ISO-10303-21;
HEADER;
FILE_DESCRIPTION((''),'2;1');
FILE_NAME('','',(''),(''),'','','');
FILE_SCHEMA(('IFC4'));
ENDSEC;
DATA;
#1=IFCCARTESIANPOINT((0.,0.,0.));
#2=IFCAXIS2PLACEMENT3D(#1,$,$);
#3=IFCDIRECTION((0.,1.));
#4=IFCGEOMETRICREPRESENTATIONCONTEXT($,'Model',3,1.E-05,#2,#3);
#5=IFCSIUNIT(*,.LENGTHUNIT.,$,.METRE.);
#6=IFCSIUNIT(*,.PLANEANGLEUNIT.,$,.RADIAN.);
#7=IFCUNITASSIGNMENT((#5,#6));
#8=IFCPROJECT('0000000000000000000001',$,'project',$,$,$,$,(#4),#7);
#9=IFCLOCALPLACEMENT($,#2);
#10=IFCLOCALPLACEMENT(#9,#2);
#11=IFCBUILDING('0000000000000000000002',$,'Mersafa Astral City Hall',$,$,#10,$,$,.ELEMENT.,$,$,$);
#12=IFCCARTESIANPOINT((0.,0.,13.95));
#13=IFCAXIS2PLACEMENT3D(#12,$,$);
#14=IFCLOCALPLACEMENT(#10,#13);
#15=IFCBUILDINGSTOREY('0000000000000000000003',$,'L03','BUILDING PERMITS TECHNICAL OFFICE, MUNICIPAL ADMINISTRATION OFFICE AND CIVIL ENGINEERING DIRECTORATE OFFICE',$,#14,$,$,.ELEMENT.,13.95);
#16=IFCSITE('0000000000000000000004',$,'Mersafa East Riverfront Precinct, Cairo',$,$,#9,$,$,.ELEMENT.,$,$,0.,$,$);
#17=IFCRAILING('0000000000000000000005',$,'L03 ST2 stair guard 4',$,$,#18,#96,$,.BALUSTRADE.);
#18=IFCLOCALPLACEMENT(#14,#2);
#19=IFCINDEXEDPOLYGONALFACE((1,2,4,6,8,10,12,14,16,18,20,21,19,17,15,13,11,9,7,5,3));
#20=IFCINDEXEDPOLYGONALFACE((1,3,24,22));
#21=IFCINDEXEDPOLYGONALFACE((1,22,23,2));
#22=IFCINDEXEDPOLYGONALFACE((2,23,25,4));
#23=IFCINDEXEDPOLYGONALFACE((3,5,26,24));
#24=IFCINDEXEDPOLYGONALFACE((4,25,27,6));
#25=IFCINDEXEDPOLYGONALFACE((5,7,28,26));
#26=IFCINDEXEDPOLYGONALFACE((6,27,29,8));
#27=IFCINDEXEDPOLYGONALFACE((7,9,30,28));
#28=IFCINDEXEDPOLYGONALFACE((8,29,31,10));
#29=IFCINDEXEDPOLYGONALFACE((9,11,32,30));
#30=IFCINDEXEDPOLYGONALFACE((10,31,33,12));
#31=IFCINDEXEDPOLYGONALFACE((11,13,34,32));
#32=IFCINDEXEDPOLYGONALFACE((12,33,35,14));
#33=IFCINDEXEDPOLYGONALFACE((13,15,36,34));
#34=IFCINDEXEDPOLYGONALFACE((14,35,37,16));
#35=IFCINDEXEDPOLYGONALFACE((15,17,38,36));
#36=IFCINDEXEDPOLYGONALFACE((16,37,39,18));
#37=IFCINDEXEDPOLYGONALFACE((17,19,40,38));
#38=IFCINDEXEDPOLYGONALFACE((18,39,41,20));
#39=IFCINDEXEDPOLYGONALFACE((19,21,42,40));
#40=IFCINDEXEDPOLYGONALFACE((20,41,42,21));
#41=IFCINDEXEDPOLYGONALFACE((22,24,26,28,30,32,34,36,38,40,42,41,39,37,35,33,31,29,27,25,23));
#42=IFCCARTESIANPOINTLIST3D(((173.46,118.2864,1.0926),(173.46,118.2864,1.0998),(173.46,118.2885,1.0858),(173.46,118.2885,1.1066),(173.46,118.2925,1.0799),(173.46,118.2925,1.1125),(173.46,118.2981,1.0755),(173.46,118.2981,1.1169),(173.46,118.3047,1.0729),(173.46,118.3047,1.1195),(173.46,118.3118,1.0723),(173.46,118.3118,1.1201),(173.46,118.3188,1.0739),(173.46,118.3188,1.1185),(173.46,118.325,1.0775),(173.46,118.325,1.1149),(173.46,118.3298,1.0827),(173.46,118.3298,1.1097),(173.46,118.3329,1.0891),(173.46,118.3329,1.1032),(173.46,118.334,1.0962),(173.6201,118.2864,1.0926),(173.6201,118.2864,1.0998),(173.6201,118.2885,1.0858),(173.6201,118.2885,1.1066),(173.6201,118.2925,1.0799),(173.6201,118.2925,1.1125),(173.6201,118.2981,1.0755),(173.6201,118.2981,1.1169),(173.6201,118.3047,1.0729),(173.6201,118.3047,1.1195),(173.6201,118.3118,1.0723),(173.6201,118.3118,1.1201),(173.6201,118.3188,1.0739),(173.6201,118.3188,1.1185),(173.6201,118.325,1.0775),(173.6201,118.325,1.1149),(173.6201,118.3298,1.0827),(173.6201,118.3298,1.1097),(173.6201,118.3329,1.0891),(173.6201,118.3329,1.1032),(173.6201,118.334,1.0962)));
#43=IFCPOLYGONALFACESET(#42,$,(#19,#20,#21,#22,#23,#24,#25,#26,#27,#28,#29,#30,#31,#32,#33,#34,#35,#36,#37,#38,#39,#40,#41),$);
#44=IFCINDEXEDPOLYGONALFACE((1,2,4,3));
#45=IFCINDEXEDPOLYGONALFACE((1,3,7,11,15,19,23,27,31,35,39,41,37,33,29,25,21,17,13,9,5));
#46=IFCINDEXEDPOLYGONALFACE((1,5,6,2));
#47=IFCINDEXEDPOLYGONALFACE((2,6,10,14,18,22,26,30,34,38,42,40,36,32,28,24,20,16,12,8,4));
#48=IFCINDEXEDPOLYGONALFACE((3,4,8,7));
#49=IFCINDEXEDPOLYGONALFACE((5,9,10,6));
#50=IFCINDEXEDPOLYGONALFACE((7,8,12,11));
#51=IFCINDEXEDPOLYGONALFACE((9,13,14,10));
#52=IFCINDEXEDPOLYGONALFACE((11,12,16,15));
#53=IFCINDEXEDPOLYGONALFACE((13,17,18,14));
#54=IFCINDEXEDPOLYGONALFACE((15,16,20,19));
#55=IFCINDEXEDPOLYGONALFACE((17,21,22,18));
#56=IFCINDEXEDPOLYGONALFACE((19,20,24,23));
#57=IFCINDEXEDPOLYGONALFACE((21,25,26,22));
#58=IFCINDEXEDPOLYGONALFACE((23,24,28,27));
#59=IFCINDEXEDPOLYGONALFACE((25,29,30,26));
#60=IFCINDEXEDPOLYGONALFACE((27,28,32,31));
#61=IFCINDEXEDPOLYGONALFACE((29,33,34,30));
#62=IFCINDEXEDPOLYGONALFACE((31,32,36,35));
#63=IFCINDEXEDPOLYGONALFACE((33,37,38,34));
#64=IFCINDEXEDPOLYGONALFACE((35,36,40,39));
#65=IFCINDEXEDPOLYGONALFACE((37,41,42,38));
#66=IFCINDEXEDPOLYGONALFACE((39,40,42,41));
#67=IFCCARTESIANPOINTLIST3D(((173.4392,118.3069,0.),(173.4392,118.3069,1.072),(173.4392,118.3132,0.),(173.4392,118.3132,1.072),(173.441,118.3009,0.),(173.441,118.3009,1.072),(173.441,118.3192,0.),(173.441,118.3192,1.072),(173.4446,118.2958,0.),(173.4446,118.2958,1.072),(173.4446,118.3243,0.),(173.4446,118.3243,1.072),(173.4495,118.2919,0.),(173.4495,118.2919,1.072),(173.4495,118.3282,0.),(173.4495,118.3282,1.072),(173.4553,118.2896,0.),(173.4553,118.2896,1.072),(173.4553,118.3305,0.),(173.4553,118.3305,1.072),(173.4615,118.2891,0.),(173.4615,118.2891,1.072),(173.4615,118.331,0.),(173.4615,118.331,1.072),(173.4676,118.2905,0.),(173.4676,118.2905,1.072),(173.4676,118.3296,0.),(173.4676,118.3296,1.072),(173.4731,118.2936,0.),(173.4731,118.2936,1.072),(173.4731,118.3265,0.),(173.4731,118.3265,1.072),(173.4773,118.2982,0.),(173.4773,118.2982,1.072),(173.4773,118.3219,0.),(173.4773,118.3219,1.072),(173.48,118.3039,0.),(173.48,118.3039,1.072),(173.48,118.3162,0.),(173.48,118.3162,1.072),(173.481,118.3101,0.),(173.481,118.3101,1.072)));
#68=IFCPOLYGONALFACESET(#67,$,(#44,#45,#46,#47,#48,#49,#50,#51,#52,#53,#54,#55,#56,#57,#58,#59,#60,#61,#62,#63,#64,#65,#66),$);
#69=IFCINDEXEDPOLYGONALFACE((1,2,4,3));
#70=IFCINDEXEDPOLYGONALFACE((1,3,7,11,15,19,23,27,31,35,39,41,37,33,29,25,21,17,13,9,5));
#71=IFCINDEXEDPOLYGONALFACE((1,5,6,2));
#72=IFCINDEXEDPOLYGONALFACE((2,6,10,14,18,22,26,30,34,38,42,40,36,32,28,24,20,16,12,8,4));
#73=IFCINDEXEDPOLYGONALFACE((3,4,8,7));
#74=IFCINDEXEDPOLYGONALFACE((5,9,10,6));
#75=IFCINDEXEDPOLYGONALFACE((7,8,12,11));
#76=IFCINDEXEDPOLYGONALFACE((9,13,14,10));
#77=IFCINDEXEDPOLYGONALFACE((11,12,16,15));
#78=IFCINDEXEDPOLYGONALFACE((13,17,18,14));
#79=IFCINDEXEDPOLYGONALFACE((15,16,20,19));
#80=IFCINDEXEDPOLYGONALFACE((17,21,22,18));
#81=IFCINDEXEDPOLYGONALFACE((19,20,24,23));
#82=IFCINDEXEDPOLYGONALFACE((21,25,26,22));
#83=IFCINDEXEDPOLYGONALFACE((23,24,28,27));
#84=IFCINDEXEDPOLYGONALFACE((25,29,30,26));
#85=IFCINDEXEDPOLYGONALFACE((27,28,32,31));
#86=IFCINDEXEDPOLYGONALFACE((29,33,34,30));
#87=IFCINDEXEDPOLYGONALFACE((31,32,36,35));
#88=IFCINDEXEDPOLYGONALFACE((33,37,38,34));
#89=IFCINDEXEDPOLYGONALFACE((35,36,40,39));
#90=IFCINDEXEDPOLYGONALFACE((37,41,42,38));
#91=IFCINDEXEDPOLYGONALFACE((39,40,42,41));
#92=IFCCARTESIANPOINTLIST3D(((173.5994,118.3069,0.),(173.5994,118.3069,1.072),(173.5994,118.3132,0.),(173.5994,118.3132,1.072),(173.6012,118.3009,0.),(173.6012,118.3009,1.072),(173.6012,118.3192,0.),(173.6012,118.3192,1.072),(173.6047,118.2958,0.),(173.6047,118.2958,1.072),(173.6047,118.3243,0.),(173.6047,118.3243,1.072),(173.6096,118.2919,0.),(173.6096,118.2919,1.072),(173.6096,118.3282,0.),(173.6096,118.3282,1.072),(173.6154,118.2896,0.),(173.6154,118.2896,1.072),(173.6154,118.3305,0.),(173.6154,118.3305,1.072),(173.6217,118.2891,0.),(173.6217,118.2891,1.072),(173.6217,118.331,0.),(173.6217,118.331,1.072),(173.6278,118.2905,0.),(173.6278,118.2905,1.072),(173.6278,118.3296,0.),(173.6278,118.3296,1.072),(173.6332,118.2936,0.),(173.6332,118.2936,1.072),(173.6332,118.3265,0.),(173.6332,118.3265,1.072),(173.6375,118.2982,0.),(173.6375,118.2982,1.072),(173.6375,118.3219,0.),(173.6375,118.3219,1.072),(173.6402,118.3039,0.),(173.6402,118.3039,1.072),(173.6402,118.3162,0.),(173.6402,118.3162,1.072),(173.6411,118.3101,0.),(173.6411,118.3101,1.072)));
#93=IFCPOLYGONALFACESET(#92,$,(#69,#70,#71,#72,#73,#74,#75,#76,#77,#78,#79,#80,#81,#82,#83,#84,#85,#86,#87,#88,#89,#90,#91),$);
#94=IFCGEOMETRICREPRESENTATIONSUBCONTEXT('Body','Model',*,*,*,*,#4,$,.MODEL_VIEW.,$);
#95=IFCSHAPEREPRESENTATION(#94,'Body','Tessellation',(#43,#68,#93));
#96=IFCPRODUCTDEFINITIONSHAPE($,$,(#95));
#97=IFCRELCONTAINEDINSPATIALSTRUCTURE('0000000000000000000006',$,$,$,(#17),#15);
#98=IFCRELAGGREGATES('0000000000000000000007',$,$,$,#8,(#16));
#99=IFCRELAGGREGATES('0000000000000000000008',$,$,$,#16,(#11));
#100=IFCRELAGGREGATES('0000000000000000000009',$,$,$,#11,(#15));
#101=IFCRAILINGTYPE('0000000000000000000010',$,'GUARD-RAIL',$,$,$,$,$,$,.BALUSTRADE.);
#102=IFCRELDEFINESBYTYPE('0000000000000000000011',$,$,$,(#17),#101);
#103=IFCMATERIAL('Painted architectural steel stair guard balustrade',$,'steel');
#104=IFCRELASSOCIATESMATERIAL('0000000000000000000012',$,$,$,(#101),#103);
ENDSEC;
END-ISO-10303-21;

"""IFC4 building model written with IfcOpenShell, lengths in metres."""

from ifc_helpers import new_model, si_unit, direction, frame, origin, origin_2d, place, context, subcontext, project, spatial, circle, extrude, material, type_object, element, save


model = new_model("IFC4")

# Units and contexts
model_context = context("Model", 3, precision=1e-05, world=origin(), true_north=direction((0.0, 1.0)))
body_context = subcontext(model_context, "Body", "Model", "MODEL_VIEW")
ifc_project = project(units=[si_unit("LENGTHUNIT", "METRE"), si_unit("PLANEANGLEUNIT", "RADIAN")], contexts=[model_context])

# Site, building, storey
site_placement = place(None, origin())
site = spatial("IfcSite", under=ifc_project, at=site_placement, Name="Mersafa East Riverfront Precinct, Cairo", CompositionType="ELEMENT", RefElevation=0.0)
building_placement = place(site_placement, origin())
building = spatial("IfcBuilding", under=site, at=building_placement, Name="Mersafa Astral City Hall", CompositionType="ELEMENT")
storey_placement = place(building_placement, frame((0.0, 0.0, 13.95)))
storey = spatial("IfcBuildingStorey", under=building, at=storey_placement, Name="L03", Description="BUILDING PERMITS TECHNICAL OFFICE, MUNICIPAL ADMINISTRATION OFFICE AND CIVIL ENGINEERING DIRECTORATE OFFICE", CompositionType="ELEMENT", Elevation=13.95)

# Railing
ifc_material_1 = material(Name="Painted architectural steel stair guard balustrade", Category="steel")
railing_type = type_object("IfcRailingType", Name="GUARD-RAIL", PredefinedType="BALUSTRADE", material=ifc_material_1)
railing_1_placement = place(storey_placement, frame((173.46, 118.3101, 0.0)))
element("IfcRailing", 1, at=railing_1_placement, inside=storey, type_object=railing_type, Name="L03 ST2 stair guard 4", PredefinedType="BALUSTRADE", context=body_context, shape_type="SweptSolid", body=[
    extrude(circle(Radius=0.0239, at=origin_2d()), frame((0.0, 0.0, 1.0962), z_axis=(1.0, 0.0, 0.0), x_axis=(0.0, 1.0, 0.0)), (0.0, 0.0, 1.0), 0.1602),
    extrude(circle(Radius=0.021, at=origin_2d()), origin(), (0.0, 0.0, 1.0), 1.072),
    extrude(circle(Radius=0.021, at=origin_2d()), frame((0.1602, 0.0, 0.0)), (0.0, 0.0, 1.0), 1.072),
])

save(model, "model.ifc")
